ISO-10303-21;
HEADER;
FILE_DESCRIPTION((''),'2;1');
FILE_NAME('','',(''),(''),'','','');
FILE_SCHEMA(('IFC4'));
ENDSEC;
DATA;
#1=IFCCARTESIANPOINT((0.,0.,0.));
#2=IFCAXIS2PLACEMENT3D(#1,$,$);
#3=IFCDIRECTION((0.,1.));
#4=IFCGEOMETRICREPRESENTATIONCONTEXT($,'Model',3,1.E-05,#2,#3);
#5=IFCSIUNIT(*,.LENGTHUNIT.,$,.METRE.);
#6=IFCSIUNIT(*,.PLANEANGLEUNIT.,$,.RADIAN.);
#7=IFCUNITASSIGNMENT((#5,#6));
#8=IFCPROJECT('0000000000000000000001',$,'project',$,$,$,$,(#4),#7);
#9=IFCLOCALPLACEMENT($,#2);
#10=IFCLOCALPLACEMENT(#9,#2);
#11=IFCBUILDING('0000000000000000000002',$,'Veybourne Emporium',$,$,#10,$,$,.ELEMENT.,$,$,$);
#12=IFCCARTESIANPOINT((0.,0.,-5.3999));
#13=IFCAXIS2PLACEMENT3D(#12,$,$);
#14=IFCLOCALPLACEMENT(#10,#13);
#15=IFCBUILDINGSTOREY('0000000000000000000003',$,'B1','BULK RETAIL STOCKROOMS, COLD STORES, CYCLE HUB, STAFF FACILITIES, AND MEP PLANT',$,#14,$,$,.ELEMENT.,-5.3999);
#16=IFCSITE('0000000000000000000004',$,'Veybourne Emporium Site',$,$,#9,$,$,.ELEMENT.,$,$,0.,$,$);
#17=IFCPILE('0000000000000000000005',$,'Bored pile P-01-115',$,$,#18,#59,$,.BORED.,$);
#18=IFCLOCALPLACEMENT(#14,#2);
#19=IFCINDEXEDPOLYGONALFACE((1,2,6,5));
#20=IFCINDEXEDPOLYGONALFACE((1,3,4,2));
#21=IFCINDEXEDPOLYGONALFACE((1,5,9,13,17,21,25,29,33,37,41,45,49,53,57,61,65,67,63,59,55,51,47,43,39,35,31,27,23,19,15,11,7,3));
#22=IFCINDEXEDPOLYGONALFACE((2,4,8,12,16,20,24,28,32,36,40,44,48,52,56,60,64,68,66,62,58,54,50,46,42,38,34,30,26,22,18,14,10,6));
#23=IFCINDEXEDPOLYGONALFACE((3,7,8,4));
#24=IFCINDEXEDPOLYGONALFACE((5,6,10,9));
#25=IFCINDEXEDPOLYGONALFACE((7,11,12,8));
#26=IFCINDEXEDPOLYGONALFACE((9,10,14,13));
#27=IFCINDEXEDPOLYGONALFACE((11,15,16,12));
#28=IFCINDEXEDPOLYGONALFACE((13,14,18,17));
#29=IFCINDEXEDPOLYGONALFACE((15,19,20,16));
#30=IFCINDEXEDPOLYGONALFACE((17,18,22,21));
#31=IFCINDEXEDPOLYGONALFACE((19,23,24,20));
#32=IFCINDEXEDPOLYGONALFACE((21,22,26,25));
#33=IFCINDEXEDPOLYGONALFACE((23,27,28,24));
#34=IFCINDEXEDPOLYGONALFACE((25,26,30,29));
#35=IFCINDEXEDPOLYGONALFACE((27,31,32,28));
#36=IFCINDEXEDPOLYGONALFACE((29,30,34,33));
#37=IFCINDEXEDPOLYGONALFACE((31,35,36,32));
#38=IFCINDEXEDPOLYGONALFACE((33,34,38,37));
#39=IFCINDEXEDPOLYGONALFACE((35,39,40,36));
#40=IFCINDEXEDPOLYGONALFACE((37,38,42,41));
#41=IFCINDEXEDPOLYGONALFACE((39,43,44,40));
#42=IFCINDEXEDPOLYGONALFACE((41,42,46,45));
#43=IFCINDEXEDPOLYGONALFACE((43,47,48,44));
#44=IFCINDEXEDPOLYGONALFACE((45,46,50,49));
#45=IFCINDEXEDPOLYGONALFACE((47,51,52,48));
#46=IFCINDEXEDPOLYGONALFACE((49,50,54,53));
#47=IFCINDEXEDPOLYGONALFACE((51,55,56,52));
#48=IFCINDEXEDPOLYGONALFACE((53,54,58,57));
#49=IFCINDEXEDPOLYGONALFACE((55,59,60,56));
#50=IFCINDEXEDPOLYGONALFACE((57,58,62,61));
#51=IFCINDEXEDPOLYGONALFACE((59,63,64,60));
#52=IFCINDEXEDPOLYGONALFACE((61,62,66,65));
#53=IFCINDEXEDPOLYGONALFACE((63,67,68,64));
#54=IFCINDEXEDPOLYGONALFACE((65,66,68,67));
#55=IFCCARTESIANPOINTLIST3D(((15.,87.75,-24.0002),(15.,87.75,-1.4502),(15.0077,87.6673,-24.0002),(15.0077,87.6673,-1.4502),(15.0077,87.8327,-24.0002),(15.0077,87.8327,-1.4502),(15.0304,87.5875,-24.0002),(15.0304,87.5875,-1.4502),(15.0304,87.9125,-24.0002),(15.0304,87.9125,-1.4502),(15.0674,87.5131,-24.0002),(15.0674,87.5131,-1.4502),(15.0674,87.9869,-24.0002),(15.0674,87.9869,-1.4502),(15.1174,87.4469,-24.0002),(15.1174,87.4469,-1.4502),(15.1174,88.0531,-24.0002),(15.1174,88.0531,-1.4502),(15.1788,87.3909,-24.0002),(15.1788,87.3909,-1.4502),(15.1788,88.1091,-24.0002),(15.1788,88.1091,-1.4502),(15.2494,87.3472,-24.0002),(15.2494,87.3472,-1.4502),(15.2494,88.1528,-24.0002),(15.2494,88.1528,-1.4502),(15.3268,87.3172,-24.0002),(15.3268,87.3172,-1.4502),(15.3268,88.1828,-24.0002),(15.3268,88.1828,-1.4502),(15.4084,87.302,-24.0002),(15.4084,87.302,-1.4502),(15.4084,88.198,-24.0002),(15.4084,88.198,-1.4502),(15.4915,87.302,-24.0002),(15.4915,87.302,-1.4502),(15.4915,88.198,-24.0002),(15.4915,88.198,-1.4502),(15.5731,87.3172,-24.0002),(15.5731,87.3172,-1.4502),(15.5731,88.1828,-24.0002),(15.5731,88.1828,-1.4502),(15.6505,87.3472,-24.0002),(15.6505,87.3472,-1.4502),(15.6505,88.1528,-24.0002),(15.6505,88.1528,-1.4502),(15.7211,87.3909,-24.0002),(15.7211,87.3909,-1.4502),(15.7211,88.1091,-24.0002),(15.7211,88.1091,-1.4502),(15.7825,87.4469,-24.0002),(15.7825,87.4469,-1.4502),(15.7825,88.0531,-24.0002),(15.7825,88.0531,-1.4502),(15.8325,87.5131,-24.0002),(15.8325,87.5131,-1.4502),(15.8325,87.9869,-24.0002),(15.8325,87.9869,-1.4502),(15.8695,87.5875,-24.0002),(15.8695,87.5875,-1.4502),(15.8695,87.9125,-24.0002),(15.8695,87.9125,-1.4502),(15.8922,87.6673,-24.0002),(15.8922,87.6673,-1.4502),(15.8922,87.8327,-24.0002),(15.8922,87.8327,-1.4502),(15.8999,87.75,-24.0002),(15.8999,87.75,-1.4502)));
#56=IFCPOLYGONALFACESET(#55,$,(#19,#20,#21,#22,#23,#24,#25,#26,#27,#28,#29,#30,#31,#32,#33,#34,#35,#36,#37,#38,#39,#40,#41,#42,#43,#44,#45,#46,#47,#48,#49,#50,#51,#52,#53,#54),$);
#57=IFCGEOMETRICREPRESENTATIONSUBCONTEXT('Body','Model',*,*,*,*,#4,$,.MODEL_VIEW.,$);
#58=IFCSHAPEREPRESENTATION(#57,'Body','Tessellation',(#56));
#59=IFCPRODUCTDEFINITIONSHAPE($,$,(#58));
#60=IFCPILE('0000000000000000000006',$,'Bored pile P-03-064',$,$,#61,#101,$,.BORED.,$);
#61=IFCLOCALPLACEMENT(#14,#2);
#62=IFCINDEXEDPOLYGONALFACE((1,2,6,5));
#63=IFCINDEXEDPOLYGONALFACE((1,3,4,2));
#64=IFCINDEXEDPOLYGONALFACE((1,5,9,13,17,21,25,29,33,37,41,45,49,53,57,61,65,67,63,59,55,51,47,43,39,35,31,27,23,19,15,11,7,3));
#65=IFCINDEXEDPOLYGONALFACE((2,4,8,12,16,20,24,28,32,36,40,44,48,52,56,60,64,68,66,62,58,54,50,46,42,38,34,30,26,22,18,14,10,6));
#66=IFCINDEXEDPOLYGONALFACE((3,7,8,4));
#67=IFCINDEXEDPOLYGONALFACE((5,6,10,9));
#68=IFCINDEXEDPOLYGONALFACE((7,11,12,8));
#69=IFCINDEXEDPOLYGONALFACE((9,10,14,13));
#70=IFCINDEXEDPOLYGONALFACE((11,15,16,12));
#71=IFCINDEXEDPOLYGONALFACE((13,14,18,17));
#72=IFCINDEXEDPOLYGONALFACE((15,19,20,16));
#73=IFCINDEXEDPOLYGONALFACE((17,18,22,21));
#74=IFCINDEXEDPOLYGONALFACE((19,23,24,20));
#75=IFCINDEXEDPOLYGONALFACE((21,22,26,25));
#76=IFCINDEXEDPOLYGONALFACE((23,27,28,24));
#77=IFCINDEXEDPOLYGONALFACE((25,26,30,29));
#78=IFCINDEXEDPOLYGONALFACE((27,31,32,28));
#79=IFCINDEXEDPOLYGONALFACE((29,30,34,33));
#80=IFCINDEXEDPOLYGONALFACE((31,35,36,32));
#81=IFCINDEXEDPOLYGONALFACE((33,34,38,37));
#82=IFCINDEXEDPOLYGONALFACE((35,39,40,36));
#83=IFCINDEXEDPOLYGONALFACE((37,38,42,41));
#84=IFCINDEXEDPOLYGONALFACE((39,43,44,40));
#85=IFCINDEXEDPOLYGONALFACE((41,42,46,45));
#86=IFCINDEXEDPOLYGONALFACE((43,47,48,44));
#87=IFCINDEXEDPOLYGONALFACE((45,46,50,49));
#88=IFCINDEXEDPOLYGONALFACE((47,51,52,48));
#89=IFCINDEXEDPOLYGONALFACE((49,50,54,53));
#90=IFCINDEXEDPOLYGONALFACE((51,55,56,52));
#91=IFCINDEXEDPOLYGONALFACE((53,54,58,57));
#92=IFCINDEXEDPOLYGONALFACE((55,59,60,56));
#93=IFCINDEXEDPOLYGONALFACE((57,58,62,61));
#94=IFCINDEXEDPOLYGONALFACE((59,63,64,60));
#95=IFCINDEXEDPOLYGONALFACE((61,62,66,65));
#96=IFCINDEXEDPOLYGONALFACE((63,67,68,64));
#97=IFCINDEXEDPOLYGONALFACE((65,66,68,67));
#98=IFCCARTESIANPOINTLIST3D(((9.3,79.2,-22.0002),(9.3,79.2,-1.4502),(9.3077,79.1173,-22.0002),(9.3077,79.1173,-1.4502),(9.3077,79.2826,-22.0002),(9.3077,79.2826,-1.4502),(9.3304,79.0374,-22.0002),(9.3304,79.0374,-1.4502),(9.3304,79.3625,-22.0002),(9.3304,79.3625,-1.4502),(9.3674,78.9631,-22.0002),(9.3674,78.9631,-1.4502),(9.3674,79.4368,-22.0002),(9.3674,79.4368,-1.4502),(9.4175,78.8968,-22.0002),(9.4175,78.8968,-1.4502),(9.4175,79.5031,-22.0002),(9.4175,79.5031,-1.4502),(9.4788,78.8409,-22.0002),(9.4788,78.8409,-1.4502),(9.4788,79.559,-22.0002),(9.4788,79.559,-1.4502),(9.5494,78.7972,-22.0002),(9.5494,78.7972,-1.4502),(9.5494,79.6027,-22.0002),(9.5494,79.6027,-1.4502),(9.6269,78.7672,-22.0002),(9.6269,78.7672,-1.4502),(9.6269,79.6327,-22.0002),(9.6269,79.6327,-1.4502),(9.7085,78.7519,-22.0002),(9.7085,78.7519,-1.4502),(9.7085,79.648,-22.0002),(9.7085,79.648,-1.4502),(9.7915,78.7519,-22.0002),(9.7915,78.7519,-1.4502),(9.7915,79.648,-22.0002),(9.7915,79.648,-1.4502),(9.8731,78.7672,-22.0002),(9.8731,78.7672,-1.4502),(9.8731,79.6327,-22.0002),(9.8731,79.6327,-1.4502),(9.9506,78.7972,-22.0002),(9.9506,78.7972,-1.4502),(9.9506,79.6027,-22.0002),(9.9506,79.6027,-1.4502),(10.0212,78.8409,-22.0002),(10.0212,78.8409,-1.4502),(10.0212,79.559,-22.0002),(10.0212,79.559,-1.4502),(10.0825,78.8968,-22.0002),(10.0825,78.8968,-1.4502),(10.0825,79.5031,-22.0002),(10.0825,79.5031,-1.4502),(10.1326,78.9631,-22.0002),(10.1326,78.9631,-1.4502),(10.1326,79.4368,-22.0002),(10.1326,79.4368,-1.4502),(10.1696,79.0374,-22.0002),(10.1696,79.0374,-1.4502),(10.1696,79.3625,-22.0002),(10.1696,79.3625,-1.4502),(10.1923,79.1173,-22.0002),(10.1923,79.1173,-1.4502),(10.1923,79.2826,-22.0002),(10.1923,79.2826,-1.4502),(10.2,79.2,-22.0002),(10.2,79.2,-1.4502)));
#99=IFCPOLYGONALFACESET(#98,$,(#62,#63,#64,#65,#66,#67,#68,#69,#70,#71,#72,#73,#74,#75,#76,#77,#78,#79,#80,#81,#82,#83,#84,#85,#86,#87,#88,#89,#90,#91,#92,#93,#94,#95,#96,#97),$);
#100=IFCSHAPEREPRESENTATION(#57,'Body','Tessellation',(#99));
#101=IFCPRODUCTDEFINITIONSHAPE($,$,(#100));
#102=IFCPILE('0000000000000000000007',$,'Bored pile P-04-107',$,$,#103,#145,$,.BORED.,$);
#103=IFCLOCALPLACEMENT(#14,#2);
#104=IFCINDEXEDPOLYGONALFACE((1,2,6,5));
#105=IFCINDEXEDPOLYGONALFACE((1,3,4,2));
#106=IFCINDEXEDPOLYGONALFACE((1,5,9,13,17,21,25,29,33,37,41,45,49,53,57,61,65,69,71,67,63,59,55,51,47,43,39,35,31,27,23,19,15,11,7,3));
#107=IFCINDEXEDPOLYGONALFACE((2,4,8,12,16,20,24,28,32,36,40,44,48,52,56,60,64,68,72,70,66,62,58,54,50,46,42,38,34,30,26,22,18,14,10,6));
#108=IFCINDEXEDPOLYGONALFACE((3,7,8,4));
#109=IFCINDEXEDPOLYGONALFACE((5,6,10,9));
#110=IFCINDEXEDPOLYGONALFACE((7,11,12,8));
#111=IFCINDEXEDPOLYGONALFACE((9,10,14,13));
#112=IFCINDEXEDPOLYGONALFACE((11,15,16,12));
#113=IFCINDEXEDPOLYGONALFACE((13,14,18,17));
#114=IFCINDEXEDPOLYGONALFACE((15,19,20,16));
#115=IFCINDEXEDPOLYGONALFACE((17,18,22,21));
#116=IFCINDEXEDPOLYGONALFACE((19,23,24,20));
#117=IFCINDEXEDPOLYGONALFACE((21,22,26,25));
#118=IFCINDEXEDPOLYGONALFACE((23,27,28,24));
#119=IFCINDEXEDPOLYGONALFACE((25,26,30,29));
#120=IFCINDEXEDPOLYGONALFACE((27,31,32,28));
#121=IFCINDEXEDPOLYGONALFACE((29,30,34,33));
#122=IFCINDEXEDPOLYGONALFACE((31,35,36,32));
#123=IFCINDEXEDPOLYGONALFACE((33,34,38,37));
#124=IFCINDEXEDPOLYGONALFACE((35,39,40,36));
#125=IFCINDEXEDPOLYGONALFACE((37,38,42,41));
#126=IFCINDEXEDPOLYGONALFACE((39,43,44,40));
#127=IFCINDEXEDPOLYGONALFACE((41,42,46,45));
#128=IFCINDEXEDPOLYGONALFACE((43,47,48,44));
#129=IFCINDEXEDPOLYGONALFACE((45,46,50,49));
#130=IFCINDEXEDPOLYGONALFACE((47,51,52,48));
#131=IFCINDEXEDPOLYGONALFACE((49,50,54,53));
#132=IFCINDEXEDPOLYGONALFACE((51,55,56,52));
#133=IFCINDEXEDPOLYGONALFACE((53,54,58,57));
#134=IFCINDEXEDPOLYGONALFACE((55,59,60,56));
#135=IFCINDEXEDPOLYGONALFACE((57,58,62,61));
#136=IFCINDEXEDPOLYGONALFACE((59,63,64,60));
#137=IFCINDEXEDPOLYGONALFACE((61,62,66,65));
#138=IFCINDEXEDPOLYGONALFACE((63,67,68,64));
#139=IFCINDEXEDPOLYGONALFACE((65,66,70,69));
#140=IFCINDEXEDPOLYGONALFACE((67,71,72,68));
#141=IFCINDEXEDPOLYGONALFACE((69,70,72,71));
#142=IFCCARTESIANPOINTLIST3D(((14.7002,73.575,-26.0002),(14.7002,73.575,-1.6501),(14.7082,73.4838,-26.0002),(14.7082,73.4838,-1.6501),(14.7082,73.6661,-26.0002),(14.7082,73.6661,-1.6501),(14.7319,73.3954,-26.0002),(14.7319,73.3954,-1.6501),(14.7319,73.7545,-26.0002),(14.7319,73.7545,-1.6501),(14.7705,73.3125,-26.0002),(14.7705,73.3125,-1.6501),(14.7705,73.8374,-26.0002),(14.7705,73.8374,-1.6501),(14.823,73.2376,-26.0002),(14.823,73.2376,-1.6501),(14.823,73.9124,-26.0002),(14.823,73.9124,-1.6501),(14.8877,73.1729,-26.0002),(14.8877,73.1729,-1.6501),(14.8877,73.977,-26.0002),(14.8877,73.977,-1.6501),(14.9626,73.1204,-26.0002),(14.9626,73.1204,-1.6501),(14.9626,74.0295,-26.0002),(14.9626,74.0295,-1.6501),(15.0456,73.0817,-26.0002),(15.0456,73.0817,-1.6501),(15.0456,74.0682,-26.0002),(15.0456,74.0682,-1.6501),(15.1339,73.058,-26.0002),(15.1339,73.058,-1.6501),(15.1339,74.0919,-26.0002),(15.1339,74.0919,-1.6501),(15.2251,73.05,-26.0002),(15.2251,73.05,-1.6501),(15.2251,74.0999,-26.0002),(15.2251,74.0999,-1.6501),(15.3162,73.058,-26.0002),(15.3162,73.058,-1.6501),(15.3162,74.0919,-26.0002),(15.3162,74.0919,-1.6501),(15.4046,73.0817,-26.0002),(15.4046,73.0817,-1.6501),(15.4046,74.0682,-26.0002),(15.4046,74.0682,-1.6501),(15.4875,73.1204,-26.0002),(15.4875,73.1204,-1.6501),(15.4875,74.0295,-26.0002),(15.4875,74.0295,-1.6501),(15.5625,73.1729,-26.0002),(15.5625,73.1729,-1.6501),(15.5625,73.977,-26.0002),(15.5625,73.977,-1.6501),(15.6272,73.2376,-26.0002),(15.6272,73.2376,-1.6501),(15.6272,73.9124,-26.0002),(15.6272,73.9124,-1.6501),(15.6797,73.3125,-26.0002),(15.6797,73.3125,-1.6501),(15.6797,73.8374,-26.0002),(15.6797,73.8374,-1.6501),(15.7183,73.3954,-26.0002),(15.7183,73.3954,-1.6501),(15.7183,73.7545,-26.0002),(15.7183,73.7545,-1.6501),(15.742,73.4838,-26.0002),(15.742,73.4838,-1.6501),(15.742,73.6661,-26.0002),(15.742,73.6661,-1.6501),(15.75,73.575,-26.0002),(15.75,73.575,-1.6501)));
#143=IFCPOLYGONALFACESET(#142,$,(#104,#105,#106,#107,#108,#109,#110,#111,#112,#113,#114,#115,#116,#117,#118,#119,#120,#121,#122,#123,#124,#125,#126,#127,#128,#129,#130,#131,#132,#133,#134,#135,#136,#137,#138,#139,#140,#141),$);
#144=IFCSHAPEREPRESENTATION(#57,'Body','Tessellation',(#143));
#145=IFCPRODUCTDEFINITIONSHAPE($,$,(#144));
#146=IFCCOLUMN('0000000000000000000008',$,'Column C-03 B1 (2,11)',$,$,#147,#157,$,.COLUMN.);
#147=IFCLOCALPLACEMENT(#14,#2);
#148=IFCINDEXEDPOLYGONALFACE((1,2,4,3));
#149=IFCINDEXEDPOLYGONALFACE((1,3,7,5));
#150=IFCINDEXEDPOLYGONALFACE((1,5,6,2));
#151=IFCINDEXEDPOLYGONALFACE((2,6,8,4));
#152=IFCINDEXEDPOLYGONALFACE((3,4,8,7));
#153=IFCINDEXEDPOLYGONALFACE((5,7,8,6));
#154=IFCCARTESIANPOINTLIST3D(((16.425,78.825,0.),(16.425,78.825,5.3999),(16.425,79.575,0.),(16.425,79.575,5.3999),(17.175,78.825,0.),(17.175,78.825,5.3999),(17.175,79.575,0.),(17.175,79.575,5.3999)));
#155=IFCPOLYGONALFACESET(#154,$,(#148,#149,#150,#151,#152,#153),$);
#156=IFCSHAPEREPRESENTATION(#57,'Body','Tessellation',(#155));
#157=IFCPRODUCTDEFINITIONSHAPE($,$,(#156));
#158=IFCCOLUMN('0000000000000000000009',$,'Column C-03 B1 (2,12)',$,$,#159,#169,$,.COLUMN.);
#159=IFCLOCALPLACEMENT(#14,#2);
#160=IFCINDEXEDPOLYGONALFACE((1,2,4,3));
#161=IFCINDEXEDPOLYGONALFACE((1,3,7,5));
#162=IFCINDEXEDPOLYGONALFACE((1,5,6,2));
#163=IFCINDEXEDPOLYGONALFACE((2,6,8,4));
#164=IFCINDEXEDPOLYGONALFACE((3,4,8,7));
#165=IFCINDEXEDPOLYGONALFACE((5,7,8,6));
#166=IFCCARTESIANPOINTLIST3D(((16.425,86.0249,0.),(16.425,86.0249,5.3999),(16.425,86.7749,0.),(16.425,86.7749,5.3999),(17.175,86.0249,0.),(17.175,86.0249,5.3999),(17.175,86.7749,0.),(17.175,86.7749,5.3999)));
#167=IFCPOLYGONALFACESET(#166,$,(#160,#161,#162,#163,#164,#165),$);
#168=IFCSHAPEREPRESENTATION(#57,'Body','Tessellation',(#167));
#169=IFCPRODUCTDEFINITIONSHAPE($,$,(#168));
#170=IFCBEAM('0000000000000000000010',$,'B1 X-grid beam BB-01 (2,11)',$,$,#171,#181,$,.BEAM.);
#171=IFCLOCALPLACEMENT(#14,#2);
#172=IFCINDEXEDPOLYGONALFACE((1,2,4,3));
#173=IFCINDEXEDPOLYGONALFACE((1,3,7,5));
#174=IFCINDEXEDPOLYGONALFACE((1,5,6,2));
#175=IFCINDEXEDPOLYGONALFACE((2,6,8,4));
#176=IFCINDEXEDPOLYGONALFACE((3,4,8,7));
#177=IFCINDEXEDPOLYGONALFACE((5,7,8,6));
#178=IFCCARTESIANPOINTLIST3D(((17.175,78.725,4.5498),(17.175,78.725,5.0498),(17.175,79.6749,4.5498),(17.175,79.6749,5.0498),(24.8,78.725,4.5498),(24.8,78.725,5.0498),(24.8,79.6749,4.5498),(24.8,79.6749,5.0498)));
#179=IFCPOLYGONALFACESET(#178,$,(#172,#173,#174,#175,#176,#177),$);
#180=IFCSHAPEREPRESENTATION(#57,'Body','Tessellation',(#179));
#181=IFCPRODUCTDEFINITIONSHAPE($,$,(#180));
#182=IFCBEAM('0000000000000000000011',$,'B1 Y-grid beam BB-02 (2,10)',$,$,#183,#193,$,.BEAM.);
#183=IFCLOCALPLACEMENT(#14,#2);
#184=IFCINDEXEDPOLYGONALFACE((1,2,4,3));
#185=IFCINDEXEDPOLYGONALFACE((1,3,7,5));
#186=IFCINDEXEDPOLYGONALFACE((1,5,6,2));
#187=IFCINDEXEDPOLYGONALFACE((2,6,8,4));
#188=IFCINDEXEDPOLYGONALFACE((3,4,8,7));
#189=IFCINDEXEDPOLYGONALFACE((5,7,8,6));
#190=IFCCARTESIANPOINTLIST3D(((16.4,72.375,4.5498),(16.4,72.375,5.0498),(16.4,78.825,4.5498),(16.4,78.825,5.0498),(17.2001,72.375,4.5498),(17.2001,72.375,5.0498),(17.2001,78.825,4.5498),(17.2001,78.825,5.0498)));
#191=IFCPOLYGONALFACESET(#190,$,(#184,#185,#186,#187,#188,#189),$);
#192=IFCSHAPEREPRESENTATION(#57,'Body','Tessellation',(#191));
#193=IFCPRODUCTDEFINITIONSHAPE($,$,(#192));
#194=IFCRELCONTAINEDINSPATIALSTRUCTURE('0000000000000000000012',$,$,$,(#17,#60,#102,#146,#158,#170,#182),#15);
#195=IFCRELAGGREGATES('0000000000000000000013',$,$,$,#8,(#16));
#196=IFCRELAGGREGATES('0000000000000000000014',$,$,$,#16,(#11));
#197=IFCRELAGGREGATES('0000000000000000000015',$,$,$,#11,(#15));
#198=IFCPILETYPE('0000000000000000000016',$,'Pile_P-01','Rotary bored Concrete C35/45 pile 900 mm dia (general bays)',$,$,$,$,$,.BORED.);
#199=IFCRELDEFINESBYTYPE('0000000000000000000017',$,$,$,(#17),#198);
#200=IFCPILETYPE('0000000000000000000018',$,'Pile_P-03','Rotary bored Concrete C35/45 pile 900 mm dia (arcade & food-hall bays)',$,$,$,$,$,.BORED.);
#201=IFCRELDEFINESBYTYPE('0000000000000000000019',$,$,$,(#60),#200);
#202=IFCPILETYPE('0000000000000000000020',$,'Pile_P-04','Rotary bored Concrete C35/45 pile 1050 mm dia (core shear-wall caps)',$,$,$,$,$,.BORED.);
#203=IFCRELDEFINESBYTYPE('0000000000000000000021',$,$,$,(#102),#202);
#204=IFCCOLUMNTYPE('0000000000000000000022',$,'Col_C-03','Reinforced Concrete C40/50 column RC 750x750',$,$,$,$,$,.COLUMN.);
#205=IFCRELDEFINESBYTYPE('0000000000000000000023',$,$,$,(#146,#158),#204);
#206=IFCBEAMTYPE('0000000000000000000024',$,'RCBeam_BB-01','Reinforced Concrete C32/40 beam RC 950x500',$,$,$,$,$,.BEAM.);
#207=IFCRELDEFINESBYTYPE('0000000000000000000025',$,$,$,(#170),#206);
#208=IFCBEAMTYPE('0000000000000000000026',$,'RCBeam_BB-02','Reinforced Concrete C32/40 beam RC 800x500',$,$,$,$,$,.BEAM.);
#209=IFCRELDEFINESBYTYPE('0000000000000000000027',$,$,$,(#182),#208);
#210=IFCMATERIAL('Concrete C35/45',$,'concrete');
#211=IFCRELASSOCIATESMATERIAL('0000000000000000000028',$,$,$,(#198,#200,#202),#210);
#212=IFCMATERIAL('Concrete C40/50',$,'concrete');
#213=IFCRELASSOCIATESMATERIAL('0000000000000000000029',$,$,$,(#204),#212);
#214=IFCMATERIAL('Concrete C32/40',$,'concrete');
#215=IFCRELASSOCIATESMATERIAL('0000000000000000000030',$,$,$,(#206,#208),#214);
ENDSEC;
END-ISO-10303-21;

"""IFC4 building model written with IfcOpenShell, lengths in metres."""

from ifc_helpers import new_model, si_unit, direction, frame, origin, origin_2d, place, context, subcontext, project, spatial, rectangle, circle, extrude, material, material_profile, profile_set, type_object, element, save


model = new_model("IFC4")

# Units and contexts
model_context = context("Model", 3, precision=1e-05, world=origin(), true_north=direction((0.0, 1.0)))
body_context = subcontext(model_context, "Body", "Model", "MODEL_VIEW")
ifc_project = project(units=[si_unit("LENGTHUNIT", "METRE"), si_unit("PLANEANGLEUNIT", "RADIAN")], contexts=[model_context])

# Site, building, storey
site_placement = place(None, origin())
site = spatial("IfcSite", under=ifc_project, at=site_placement, Name="Veybourne Emporium Site", CompositionType="ELEMENT", RefElevation=0.0)
building_placement = place(site_placement, origin())
building = spatial("IfcBuilding", under=site, at=building_placement, Name="Veybourne Emporium", CompositionType="ELEMENT")
storey_placement = place(building_placement, frame((0.0, 0.0, -5.3999)))
storey = spatial("IfcBuildingStorey", under=building, at=storey_placement, Name="B1", Description="BULK RETAIL STOCKROOMS, COLD STORES, CYCLE HUB, STAFF FACILITIES, AND MEP PLANT", CompositionType="ELEMENT", Elevation=-5.3999)

# Shared definitions
ifc_material_1 = material(Name="Concrete C35/45", Category="concrete")

# Piles
ifc_material_profile_1 = material_profile(ifc_material_1, circle(Radius=0.45, at=origin_2d()), Name="BORED PILE 900")
ifc_profile_set_1 = profile_set([ifc_material_profile_1], Name="Concrete C35/45")
pile_type_1 = type_object("IfcPileType", Name="Pile_P-01", Description="Rotary bored Concrete C35/45 pile 900 mm dia (general bays)", PredefinedType="BORED", material=ifc_profile_set_1)
for number, where, z_axis, x_axis, name in (
    (1, (15.45, 87.75, -1.4502), (0.0, 0.0, -1.0), (1.0, 0.0, 0.0), "Bored pile P-01-115"),
):
    element("IfcPile", number, at=place(storey_placement, frame(where, z_axis=z_axis, x_axis=x_axis)), inside=storey, type_object=pile_type_1, Name=name, PredefinedType="BORED", context=body_context, shape_type="SweptSolid", body=[
        extrude(circle(Radius=0.45, at=origin_2d()), origin(), (0.0, 0.0, 1.0), 22.55),
    ])
ifc_material_profile_2 = material_profile(ifc_material_1, circle(Radius=0.45, at=origin_2d()), Name="BORED PILE 900")
ifc_profile_set_2 = profile_set([ifc_material_profile_2], Name="Concrete C35/45")
pile_type_2 = type_object("IfcPileType", Name="Pile_P-03", Description="Rotary bored Concrete C35/45 pile 900 mm dia (arcade & food-hall bays)", PredefinedType="BORED", material=ifc_profile_set_2)
pile_1_placement = place(storey_placement, frame((9.75, 79.2, -1.4502), z_axis=(0.0, 0.0, -1.0), x_axis=(1.0, 0.0, 0.0)))
element("IfcPile", 2, at=pile_1_placement, inside=storey, type_object=pile_type_2, Name="Bored pile P-03-064", PredefinedType="BORED", context=body_context, shape_type="SweptSolid", body=[
    extrude(circle(Radius=0.45, at=origin_2d()), origin(), (0.0, 0.0, 1.0), 20.55),
])
ifc_material_profile_3 = material_profile(ifc_material_1, circle(Radius=0.5249, at=origin_2d()), Name="BORED PILE 1050")
ifc_profile_set_3 = profile_set([ifc_material_profile_3], Name="Concrete C35/45")
pile_type_3 = type_object("IfcPileType", Name="Pile_P-04", Description="Rotary bored Concrete C35/45 pile 1050 mm dia (core shear-wall caps)", PredefinedType="BORED", material=ifc_profile_set_3)
pile_2_placement = place(storey_placement, frame((15.2251, 73.575, -1.6501), z_axis=(0.0, 0.0, -1.0), x_axis=(1.0, 0.0, 0.0)))
element("IfcPile", 3, at=pile_2_placement, inside=storey, type_object=pile_type_3, Name="Bored pile P-04-107", PredefinedType="BORED", context=body_context, shape_type="SweptSolid", body=[
    extrude(circle(Radius=0.5249, at=origin_2d()), origin(), (0.0, 0.0, 1.0), 24.3501),
])

# Columns
ifc_material_2 = material(Name="Concrete C40/50", Category="concrete")
ifc_material_profile_4 = material_profile(ifc_material_2, rectangle(XDim=0.75, YDim=0.75, at=origin_2d()), Name="RC 750x750")
ifc_profile_set_4 = profile_set([ifc_material_profile_4], Name="Concrete C40/50")
column_type = type_object("IfcColumnType", Name="Col_C-03", Description="Reinforced Concrete C40/50 column RC 750x750", PredefinedType="COLUMN", material=ifc_profile_set_4)
for number, where, z_axis, x_axis, name in (
    (4, (16.8, 79.2, 0.0), (0.0, 0.0, 1.0), (1.0, 0.0, 0.0), "Column C-03 B1 (2,11)"),
    (5, (16.8, 86.3999, 0.0), (0.0, 0.0, 1.0), (1.0, 0.0, 0.0), "Column C-03 B1 (2,12)"),
):
    element("IfcColumn", number, at=place(storey_placement, frame(where, z_axis=z_axis, x_axis=x_axis)), inside=storey, type_object=column_type, Name=name, PredefinedType="COLUMN", context=body_context, shape_type="SweptSolid", body=[
        extrude(rectangle(XDim=0.75, YDim=0.75, at=origin_2d()), origin(), (0.0, 0.0, 1.0), 5.3999),
    ])

# Beams
ifc_material_3 = material(Name="Concrete C32/40", Category="concrete")
ifc_material_profile_5 = material_profile(ifc_material_3, rectangle(XDim=0.95, YDim=0.5, at=origin_2d()), Name="RC 950x500")
ifc_profile_set_5 = profile_set([ifc_material_profile_5], Name="Concrete C32/40")
beam_type_1 = type_object("IfcBeamType", Name="RCBeam_BB-01", Description="Reinforced Concrete C32/40 beam RC 950x500", PredefinedType="BEAM", material=ifc_profile_set_5)
beam_1_placement = place(storey_placement, frame((17.175, 79.2, 4.7998), z_axis=(1.0, 0.0, 0.0), x_axis=(0.0, 1.0, 0.0)))
element("IfcBeam", 6, at=beam_1_placement, inside=storey, type_object=beam_type_1, Name="B1 X-grid beam BB-01 (2,11)", PredefinedType="BEAM", context=body_context, shape_type="SweptSolid", body=[
    extrude(rectangle(XDim=0.95, YDim=0.5, at=origin_2d()), origin(), (0.0, 0.0, 1.0), 7.625),
])
ifc_material_profile_6 = material_profile(ifc_material_3, rectangle(XDim=0.8, YDim=0.5, at=origin_2d()), Name="RC 800x500")
ifc_profile_set_6 = profile_set([ifc_material_profile_6], Name="Concrete C32/40")
beam_type_2 = type_object("IfcBeamType", Name="RCBeam_BB-02", Description="Reinforced Concrete C32/40 beam RC 800x500", PredefinedType="BEAM", material=ifc_profile_set_6)
beam_2_placement = place(storey_placement, frame((16.8, 72.375, 4.7998), z_axis=(0.0, 1.0, 0.0), x_axis=(-1.0, 0.0, 0.0)))
element("IfcBeam", 7, at=beam_2_placement, inside=storey, type_object=beam_type_2, Name="B1 Y-grid beam BB-02 (2,10)", PredefinedType="BEAM", context=body_context, shape_type="SweptSolid", body=[
    extrude(rectangle(XDim=0.8, YDim=0.5, at=origin_2d()), origin(), (0.0, 0.0, 1.0), 6.45),
])

save(model, "model.ifc")
